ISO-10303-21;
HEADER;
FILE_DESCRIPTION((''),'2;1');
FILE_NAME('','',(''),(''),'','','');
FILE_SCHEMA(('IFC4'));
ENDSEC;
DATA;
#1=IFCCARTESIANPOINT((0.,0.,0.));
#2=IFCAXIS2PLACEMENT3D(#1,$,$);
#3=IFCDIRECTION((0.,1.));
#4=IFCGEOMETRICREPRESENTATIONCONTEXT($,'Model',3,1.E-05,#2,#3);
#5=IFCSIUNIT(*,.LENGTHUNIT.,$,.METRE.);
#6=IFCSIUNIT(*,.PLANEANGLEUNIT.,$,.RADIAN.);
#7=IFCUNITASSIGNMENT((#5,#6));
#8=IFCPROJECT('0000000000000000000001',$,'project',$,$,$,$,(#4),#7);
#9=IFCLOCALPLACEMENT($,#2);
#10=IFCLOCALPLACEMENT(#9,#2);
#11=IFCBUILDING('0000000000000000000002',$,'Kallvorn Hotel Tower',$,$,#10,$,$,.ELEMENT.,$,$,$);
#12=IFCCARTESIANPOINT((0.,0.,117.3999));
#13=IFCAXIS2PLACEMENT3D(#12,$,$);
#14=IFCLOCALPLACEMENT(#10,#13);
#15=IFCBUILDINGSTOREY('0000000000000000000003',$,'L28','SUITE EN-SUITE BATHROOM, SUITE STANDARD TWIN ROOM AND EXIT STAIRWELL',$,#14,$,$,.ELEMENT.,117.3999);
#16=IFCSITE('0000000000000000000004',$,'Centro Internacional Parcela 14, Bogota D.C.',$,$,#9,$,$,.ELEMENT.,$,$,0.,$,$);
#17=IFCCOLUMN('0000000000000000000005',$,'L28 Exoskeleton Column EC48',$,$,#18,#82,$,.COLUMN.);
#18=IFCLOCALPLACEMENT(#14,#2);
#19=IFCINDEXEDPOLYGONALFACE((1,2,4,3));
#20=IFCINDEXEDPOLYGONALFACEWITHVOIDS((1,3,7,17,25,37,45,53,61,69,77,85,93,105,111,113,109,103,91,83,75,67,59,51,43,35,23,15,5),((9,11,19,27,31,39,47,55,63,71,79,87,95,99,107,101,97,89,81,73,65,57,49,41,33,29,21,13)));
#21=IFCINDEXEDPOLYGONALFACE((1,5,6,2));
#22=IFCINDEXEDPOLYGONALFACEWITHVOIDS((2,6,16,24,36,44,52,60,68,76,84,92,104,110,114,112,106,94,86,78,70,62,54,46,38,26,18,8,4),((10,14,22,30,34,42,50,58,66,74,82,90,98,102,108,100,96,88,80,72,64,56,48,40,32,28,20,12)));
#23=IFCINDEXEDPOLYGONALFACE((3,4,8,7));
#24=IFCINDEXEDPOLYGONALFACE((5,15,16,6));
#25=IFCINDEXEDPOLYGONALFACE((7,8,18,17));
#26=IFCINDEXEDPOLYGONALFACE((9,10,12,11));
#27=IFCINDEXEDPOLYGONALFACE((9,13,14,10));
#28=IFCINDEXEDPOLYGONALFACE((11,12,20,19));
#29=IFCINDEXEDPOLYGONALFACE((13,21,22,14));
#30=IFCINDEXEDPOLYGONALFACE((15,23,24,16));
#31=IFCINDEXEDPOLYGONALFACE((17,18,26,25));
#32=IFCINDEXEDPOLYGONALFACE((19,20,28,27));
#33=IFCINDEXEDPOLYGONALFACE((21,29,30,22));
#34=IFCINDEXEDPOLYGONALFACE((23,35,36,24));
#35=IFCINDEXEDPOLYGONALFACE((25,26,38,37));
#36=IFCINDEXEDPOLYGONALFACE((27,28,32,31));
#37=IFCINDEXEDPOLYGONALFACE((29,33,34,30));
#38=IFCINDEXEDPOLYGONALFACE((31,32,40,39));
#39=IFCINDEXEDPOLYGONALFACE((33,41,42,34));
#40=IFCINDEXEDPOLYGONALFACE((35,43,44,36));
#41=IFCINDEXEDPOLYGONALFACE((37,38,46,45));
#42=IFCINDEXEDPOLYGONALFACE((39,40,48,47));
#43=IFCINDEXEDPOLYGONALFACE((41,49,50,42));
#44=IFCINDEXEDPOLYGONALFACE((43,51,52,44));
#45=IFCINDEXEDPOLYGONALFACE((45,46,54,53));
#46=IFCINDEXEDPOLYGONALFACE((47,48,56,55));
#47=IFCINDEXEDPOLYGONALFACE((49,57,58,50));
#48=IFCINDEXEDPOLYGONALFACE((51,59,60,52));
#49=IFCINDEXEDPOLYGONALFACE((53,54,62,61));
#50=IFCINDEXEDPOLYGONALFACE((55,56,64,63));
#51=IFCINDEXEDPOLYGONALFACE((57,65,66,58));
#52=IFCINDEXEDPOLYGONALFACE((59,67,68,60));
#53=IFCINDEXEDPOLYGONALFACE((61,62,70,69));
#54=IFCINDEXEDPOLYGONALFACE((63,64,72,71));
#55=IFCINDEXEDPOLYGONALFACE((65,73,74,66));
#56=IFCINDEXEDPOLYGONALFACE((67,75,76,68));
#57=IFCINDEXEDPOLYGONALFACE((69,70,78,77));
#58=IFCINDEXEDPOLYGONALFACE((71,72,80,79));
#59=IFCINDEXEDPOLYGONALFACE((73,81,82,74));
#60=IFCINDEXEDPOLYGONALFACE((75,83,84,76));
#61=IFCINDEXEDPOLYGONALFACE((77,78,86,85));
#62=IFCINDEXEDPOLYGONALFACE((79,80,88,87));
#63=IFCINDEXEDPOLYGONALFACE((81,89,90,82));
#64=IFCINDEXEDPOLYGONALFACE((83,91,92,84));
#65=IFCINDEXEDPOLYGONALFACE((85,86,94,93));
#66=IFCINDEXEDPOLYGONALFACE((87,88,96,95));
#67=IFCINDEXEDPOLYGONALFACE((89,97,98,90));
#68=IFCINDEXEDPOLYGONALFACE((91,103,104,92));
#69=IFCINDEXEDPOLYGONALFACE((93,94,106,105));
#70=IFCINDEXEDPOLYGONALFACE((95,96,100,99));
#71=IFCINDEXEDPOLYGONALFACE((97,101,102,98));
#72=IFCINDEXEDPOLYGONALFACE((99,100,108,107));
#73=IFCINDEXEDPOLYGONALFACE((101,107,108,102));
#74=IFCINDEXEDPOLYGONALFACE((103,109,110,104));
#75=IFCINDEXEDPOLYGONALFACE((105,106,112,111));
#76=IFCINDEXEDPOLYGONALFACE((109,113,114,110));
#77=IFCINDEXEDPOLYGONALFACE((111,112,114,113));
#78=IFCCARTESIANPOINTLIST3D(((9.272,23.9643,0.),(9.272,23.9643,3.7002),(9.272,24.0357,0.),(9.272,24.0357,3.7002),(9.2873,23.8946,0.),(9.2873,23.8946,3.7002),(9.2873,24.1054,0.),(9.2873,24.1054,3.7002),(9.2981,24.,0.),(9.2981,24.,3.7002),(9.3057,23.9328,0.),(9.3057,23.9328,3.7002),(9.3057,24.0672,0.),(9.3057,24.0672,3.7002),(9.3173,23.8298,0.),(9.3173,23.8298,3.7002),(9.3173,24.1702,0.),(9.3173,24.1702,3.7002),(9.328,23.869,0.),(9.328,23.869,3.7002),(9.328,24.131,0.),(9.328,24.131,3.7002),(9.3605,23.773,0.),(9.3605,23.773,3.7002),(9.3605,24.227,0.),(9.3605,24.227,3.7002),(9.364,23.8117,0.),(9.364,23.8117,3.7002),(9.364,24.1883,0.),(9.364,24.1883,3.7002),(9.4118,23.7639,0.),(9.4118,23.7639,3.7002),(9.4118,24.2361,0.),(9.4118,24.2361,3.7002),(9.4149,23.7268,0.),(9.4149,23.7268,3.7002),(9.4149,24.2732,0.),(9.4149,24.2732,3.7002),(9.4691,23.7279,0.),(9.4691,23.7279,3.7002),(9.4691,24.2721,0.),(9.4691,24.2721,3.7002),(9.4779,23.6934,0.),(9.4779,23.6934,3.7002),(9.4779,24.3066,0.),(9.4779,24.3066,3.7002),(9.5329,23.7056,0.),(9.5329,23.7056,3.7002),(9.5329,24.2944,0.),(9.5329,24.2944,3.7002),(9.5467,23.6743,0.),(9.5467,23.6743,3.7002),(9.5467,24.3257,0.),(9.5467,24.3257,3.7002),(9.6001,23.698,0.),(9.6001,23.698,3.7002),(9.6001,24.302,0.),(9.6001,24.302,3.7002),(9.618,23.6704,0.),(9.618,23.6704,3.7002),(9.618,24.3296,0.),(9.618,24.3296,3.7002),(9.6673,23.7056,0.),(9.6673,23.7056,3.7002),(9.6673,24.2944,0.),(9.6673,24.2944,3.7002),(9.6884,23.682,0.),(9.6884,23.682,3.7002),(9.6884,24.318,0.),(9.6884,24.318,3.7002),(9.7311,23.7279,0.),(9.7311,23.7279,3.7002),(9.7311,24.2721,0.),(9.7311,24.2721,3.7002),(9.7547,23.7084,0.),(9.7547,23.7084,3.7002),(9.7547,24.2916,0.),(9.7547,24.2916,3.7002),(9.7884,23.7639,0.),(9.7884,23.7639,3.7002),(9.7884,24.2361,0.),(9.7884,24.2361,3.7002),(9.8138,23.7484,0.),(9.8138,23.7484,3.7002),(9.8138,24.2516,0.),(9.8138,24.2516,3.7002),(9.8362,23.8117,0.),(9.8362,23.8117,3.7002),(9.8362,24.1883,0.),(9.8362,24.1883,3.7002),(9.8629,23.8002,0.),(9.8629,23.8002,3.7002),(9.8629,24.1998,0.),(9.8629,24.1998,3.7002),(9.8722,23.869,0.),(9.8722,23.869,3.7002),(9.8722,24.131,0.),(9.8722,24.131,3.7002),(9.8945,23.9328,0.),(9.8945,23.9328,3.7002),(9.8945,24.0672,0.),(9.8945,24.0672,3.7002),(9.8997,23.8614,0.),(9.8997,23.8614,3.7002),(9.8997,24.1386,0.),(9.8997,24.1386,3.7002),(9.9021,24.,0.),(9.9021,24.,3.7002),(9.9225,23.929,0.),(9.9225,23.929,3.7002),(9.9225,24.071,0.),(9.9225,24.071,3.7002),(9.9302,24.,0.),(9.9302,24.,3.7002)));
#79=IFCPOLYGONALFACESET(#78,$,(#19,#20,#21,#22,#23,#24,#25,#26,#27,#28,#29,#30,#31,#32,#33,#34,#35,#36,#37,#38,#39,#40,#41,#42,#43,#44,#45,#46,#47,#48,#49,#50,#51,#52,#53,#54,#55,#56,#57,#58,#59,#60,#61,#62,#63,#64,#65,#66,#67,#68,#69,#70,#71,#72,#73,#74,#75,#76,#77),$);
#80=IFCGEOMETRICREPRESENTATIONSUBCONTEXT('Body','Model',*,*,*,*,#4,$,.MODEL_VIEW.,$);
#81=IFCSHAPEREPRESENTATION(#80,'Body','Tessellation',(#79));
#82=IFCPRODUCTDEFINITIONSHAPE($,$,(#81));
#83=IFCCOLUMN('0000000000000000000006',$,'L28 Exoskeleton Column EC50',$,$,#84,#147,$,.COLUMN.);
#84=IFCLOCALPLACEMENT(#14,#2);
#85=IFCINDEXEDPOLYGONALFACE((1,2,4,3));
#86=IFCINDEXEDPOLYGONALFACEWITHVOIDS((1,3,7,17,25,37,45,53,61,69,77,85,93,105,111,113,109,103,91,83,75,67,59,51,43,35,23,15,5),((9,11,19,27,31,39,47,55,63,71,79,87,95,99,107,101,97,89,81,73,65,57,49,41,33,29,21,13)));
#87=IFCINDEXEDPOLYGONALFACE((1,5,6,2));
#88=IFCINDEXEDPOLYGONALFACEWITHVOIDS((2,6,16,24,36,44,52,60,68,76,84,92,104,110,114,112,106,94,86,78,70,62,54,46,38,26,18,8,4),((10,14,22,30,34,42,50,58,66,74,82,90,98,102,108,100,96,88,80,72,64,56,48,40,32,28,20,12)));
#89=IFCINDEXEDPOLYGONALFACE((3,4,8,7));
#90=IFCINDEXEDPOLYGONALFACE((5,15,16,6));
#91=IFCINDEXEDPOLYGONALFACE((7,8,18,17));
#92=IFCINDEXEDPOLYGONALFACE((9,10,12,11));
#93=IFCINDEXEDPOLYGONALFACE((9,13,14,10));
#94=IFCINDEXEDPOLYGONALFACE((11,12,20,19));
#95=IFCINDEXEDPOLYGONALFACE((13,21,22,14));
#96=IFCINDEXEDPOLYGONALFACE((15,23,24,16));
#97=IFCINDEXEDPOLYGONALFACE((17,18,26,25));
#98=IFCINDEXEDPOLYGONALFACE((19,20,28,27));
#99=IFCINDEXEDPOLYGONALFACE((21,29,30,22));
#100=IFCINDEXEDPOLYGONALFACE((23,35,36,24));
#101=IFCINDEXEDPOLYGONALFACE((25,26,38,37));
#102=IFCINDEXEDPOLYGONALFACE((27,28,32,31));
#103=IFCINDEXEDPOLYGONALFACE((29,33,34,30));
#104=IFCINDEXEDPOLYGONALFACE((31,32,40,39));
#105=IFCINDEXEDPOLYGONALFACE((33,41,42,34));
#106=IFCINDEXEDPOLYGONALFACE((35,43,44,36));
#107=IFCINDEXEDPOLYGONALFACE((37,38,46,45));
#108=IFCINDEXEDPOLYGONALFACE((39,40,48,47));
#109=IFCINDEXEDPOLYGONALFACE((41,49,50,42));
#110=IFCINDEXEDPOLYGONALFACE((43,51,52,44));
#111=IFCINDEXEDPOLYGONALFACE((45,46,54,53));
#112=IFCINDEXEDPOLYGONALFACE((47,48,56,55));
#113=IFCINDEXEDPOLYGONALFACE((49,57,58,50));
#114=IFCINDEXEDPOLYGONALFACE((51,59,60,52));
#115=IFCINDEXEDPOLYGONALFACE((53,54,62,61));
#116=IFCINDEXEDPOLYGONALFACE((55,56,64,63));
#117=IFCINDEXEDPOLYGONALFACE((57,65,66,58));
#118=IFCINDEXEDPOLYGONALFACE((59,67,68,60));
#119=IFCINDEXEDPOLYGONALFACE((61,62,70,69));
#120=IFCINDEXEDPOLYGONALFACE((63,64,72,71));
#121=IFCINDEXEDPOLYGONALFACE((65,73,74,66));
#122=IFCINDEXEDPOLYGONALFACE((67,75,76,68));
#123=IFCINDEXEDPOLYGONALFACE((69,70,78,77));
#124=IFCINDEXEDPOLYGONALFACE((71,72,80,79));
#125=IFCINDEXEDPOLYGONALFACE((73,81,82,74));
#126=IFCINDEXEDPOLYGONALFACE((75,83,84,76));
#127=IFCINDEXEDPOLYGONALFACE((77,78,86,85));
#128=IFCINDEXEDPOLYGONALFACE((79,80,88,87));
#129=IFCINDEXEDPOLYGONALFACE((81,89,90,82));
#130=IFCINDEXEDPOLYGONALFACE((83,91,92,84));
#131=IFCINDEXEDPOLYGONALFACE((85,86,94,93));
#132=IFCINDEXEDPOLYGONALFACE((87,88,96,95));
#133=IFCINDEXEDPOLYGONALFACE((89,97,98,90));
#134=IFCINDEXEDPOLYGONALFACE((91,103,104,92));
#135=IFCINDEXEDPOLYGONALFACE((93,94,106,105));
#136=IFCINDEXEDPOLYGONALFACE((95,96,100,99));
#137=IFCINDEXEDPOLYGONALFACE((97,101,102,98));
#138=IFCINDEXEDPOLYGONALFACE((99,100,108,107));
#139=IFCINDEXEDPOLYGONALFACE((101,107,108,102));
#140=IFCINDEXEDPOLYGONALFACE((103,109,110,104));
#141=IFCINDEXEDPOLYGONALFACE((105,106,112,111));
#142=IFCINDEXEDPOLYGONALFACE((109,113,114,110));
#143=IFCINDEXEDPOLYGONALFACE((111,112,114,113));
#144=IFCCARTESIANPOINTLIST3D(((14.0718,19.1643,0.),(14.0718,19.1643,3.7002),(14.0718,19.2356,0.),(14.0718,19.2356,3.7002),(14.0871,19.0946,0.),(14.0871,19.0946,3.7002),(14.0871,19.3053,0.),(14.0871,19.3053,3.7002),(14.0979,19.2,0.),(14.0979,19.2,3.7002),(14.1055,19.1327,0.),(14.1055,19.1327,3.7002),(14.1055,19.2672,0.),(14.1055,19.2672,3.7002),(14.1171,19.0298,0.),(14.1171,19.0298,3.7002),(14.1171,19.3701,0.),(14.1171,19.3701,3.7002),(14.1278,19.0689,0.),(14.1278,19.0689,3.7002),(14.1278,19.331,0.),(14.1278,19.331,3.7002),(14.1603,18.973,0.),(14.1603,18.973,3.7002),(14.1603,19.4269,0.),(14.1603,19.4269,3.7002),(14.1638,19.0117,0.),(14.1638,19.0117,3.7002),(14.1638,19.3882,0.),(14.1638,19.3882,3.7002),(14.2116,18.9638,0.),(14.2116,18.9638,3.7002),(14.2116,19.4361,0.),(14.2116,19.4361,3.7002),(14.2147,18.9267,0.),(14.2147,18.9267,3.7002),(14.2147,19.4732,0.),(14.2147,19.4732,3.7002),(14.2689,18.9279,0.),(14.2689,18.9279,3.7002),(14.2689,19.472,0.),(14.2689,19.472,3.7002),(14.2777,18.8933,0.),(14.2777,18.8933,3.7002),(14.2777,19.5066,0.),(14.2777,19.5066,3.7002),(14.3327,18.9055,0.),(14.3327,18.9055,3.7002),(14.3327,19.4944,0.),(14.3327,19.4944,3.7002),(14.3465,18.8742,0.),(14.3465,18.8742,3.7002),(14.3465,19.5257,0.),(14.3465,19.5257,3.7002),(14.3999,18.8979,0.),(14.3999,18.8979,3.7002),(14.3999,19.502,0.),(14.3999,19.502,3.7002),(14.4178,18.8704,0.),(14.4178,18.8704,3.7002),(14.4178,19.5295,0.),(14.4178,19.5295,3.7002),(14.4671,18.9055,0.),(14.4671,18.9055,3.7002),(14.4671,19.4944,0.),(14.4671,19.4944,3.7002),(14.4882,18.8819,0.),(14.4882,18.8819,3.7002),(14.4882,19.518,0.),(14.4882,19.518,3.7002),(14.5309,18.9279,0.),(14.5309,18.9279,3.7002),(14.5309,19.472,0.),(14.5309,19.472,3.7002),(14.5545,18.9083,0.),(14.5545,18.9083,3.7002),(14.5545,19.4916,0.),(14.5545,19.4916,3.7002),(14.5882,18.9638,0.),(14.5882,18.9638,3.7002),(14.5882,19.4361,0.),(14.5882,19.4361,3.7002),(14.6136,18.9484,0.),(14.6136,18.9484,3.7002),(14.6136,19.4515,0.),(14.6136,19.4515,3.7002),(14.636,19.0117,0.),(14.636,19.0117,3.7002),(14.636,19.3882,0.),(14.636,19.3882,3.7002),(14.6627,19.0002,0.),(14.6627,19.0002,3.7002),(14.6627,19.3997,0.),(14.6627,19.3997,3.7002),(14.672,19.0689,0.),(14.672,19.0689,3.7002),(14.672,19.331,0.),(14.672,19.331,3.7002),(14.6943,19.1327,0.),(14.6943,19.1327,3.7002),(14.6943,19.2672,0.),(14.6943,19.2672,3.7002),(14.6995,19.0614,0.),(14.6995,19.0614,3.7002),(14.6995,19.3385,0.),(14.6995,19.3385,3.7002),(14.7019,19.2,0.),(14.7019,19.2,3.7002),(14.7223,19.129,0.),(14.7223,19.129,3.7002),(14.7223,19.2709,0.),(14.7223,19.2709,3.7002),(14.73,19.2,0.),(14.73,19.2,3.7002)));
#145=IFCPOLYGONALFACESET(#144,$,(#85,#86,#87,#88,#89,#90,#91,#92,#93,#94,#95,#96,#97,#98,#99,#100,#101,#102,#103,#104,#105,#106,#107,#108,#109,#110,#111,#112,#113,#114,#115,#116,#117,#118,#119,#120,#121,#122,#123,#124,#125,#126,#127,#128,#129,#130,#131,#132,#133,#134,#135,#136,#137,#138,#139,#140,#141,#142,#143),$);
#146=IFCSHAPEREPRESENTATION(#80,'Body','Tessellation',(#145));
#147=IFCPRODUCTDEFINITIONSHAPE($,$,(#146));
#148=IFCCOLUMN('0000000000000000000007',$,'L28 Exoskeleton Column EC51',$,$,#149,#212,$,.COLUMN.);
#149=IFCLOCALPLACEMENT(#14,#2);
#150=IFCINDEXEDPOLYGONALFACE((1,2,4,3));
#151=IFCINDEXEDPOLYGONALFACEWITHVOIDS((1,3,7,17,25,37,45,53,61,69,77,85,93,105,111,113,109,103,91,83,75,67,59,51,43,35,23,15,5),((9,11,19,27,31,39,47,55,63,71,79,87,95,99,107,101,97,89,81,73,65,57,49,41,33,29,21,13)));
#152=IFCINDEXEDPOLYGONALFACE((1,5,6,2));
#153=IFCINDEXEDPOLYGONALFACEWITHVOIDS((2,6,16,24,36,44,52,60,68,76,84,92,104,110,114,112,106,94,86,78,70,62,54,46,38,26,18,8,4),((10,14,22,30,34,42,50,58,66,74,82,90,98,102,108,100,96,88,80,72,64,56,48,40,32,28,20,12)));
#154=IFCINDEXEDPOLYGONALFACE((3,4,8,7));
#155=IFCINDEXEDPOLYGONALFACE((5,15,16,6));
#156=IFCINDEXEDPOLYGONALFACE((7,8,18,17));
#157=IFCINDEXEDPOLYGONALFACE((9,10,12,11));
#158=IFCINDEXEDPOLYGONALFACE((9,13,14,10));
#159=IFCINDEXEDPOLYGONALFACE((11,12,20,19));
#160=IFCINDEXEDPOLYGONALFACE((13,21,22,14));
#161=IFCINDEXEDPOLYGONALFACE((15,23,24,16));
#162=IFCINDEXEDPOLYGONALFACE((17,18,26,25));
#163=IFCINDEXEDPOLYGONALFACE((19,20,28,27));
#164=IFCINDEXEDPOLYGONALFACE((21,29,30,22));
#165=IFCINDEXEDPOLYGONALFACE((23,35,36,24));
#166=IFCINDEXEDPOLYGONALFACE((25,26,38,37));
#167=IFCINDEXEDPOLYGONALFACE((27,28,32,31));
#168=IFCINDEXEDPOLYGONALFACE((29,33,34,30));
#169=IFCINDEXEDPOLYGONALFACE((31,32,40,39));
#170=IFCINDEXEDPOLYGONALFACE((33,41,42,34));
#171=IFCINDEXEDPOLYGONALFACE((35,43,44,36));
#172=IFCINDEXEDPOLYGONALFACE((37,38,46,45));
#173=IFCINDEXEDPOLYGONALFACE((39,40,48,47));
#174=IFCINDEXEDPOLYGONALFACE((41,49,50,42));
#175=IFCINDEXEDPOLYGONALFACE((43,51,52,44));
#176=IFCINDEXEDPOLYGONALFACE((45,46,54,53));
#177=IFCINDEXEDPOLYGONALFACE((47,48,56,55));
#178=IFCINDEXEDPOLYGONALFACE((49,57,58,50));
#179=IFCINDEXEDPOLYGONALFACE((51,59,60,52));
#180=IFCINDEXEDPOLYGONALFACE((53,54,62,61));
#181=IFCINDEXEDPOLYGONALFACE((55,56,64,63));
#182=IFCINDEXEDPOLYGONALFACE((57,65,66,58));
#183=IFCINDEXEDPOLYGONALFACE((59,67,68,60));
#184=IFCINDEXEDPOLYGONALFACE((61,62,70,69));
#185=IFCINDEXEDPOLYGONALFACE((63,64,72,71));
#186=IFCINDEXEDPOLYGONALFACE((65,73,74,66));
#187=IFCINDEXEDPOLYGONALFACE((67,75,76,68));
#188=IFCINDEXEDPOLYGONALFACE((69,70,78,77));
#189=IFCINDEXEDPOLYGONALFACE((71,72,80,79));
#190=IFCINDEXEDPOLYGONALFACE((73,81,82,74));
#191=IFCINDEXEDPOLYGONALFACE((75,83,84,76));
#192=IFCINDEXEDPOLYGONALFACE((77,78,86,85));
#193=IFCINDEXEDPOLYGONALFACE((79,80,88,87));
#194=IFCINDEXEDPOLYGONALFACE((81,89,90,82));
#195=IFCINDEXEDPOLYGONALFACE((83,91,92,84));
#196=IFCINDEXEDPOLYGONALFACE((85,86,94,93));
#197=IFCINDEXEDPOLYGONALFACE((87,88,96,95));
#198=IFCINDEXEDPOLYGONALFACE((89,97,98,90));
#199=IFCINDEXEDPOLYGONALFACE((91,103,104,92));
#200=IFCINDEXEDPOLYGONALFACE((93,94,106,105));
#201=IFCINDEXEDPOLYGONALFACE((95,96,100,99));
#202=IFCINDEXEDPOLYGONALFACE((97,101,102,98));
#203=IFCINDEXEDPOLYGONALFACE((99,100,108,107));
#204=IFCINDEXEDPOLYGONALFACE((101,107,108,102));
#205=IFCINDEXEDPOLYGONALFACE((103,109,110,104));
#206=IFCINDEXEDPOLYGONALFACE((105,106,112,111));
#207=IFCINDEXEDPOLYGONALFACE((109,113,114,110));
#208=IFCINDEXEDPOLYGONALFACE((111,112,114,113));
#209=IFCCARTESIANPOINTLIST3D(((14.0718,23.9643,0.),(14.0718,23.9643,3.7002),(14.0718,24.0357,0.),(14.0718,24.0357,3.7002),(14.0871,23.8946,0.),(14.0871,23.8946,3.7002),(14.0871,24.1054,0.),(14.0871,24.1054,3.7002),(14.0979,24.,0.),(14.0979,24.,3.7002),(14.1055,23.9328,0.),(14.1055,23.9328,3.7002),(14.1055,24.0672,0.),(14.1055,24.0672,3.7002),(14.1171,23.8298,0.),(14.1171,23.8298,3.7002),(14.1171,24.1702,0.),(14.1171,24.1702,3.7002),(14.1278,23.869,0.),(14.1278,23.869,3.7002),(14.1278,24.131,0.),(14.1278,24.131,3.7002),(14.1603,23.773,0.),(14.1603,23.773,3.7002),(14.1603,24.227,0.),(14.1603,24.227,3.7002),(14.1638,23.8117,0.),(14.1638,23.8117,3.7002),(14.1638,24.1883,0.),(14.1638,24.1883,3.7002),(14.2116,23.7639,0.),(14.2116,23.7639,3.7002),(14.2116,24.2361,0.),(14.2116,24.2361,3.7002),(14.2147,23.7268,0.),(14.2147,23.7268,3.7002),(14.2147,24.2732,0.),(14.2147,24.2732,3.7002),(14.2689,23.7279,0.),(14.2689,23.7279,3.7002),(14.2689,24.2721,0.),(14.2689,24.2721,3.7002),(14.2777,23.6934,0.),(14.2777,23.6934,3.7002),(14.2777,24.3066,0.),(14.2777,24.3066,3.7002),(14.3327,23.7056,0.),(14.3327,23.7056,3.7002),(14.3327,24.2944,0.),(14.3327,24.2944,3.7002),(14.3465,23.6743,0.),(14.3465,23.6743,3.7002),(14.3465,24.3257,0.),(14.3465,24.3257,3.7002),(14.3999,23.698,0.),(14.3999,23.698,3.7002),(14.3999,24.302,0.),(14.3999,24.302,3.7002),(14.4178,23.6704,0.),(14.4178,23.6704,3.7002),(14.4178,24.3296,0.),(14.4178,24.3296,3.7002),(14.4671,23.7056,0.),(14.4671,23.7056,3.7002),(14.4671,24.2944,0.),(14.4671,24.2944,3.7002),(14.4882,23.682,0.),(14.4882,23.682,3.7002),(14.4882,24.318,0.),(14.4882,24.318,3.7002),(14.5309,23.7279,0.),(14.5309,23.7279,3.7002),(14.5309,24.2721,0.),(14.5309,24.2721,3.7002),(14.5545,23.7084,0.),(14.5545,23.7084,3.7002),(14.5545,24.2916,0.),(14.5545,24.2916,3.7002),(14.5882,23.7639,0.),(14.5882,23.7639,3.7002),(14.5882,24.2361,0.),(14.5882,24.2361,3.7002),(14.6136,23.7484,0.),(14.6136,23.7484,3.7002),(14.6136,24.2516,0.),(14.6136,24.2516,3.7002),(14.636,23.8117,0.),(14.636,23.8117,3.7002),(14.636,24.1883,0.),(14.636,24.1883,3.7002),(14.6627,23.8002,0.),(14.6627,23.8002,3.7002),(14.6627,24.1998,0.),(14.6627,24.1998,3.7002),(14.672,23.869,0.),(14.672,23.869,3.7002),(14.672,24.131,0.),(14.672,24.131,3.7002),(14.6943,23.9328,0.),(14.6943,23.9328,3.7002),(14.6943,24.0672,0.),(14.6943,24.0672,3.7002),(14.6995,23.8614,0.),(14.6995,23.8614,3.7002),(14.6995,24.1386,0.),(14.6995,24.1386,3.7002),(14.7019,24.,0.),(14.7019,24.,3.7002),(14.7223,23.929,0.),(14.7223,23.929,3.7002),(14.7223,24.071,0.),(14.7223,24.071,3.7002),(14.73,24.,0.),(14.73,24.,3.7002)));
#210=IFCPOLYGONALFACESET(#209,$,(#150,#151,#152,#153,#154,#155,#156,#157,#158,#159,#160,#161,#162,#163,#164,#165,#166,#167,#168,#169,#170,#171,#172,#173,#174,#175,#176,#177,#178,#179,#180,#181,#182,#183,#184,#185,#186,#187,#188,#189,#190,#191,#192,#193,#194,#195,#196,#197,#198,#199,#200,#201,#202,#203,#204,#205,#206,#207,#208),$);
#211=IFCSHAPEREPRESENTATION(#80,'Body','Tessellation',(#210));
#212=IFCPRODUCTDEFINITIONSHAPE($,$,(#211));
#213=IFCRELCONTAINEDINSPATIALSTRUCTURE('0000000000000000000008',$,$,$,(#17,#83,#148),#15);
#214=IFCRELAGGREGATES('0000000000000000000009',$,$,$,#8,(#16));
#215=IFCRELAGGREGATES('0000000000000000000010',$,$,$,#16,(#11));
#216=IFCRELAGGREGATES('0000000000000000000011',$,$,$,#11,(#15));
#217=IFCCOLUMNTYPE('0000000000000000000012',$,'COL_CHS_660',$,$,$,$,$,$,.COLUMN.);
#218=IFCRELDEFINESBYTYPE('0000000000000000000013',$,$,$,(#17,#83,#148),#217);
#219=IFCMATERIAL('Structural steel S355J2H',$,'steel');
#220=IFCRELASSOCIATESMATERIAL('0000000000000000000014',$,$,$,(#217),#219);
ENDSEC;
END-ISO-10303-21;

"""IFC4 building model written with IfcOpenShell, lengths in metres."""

from ifc_helpers import new_model, si_unit, direction, frame, origin, origin_2d, place, context, subcontext, project, spatial, hollow_circle, extrude, material, material_profile, profile_set, type_object, element, save


model = new_model("IFC4")

# Units and contexts
model_context = context("Model", 3, precision=1e-05, world=origin(), true_north=direction((0.0, 1.0)))
body_context = subcontext(model_context, "Body", "Model", "MODEL_VIEW")
ifc_project = project(units=[si_unit("LENGTHUNIT", "METRE"), si_unit("PLANEANGLEUNIT", "RADIAN")], contexts=[model_context])

# Site, building, storey
site_placement = place(None, origin())
site = spatial("IfcSite", under=ifc_project, at=site_placement, Name="Centro Internacional Parcela 14, Bogota D.C.", CompositionType="ELEMENT", RefElevation=0.0)
building_placement = place(site_placement, origin())
building = spatial("IfcBuilding", under=site, at=building_placement, Name="Kallvorn Hotel Tower", CompositionType="ELEMENT")
storey_placement = place(building_placement, frame((0.0, 0.0, 117.3999)))
storey = spatial("IfcBuildingStorey", under=building, at=storey_placement, Name="L28", Description="SUITE EN-SUITE BATHROOM, SUITE STANDARD TWIN ROOM AND EXIT STAIRWELL", CompositionType="ELEMENT", Elevation=117.3999)

# Columns
ifc_material_1 = material(Name="Structural steel S355J2H", Category="steel")
ifc_material_profile_1 = material_profile(ifc_material_1, hollow_circle(Radius=0.3301, WallThickness=0.0281, at=origin_2d()), Name="CHS 660x28")
ifc_profile_set_1 = profile_set([ifc_material_profile_1], Name="Structural steel S355J2H")
column_type_1 = type_object("IfcColumnType", Name="COL_CHS_660", PredefinedType="COLUMN", material=ifc_profile_set_1)
for number, where, z_axis, x_axis, name in (
    (1, (9.6001, 24.0, 0.0), (0.0, 0.0, 1.0), (1.0, 0.0, 0.0), "L28 Exoskeleton Column EC48"),
    (2, (14.3999, 19.2, 0.0), (0.0, 0.0, 1.0), (1.0, 0.0, 0.0), "L28 Exoskeleton Column EC50"),
    (3, (14.3999, 24.0, 0.0), (0.0, 0.0, 1.0), (1.0, 0.0, 0.0), "L28 Exoskeleton Column EC51"),
):
    element("IfcColumn", number, at=place(storey_placement, frame(where, z_axis=z_axis, x_axis=x_axis)), inside=storey, type_object=column_type_1, Name=name, PredefinedType="COLUMN", context=body_context, shape_type="SweptSolid", body=[
        extrude(hollow_circle(Radius=0.3301, WallThickness=0.0281, at=origin_2d()), origin(), (0.0, 0.0, 1.0), 3.7002),
    ])

save(model, "model.ifc")
